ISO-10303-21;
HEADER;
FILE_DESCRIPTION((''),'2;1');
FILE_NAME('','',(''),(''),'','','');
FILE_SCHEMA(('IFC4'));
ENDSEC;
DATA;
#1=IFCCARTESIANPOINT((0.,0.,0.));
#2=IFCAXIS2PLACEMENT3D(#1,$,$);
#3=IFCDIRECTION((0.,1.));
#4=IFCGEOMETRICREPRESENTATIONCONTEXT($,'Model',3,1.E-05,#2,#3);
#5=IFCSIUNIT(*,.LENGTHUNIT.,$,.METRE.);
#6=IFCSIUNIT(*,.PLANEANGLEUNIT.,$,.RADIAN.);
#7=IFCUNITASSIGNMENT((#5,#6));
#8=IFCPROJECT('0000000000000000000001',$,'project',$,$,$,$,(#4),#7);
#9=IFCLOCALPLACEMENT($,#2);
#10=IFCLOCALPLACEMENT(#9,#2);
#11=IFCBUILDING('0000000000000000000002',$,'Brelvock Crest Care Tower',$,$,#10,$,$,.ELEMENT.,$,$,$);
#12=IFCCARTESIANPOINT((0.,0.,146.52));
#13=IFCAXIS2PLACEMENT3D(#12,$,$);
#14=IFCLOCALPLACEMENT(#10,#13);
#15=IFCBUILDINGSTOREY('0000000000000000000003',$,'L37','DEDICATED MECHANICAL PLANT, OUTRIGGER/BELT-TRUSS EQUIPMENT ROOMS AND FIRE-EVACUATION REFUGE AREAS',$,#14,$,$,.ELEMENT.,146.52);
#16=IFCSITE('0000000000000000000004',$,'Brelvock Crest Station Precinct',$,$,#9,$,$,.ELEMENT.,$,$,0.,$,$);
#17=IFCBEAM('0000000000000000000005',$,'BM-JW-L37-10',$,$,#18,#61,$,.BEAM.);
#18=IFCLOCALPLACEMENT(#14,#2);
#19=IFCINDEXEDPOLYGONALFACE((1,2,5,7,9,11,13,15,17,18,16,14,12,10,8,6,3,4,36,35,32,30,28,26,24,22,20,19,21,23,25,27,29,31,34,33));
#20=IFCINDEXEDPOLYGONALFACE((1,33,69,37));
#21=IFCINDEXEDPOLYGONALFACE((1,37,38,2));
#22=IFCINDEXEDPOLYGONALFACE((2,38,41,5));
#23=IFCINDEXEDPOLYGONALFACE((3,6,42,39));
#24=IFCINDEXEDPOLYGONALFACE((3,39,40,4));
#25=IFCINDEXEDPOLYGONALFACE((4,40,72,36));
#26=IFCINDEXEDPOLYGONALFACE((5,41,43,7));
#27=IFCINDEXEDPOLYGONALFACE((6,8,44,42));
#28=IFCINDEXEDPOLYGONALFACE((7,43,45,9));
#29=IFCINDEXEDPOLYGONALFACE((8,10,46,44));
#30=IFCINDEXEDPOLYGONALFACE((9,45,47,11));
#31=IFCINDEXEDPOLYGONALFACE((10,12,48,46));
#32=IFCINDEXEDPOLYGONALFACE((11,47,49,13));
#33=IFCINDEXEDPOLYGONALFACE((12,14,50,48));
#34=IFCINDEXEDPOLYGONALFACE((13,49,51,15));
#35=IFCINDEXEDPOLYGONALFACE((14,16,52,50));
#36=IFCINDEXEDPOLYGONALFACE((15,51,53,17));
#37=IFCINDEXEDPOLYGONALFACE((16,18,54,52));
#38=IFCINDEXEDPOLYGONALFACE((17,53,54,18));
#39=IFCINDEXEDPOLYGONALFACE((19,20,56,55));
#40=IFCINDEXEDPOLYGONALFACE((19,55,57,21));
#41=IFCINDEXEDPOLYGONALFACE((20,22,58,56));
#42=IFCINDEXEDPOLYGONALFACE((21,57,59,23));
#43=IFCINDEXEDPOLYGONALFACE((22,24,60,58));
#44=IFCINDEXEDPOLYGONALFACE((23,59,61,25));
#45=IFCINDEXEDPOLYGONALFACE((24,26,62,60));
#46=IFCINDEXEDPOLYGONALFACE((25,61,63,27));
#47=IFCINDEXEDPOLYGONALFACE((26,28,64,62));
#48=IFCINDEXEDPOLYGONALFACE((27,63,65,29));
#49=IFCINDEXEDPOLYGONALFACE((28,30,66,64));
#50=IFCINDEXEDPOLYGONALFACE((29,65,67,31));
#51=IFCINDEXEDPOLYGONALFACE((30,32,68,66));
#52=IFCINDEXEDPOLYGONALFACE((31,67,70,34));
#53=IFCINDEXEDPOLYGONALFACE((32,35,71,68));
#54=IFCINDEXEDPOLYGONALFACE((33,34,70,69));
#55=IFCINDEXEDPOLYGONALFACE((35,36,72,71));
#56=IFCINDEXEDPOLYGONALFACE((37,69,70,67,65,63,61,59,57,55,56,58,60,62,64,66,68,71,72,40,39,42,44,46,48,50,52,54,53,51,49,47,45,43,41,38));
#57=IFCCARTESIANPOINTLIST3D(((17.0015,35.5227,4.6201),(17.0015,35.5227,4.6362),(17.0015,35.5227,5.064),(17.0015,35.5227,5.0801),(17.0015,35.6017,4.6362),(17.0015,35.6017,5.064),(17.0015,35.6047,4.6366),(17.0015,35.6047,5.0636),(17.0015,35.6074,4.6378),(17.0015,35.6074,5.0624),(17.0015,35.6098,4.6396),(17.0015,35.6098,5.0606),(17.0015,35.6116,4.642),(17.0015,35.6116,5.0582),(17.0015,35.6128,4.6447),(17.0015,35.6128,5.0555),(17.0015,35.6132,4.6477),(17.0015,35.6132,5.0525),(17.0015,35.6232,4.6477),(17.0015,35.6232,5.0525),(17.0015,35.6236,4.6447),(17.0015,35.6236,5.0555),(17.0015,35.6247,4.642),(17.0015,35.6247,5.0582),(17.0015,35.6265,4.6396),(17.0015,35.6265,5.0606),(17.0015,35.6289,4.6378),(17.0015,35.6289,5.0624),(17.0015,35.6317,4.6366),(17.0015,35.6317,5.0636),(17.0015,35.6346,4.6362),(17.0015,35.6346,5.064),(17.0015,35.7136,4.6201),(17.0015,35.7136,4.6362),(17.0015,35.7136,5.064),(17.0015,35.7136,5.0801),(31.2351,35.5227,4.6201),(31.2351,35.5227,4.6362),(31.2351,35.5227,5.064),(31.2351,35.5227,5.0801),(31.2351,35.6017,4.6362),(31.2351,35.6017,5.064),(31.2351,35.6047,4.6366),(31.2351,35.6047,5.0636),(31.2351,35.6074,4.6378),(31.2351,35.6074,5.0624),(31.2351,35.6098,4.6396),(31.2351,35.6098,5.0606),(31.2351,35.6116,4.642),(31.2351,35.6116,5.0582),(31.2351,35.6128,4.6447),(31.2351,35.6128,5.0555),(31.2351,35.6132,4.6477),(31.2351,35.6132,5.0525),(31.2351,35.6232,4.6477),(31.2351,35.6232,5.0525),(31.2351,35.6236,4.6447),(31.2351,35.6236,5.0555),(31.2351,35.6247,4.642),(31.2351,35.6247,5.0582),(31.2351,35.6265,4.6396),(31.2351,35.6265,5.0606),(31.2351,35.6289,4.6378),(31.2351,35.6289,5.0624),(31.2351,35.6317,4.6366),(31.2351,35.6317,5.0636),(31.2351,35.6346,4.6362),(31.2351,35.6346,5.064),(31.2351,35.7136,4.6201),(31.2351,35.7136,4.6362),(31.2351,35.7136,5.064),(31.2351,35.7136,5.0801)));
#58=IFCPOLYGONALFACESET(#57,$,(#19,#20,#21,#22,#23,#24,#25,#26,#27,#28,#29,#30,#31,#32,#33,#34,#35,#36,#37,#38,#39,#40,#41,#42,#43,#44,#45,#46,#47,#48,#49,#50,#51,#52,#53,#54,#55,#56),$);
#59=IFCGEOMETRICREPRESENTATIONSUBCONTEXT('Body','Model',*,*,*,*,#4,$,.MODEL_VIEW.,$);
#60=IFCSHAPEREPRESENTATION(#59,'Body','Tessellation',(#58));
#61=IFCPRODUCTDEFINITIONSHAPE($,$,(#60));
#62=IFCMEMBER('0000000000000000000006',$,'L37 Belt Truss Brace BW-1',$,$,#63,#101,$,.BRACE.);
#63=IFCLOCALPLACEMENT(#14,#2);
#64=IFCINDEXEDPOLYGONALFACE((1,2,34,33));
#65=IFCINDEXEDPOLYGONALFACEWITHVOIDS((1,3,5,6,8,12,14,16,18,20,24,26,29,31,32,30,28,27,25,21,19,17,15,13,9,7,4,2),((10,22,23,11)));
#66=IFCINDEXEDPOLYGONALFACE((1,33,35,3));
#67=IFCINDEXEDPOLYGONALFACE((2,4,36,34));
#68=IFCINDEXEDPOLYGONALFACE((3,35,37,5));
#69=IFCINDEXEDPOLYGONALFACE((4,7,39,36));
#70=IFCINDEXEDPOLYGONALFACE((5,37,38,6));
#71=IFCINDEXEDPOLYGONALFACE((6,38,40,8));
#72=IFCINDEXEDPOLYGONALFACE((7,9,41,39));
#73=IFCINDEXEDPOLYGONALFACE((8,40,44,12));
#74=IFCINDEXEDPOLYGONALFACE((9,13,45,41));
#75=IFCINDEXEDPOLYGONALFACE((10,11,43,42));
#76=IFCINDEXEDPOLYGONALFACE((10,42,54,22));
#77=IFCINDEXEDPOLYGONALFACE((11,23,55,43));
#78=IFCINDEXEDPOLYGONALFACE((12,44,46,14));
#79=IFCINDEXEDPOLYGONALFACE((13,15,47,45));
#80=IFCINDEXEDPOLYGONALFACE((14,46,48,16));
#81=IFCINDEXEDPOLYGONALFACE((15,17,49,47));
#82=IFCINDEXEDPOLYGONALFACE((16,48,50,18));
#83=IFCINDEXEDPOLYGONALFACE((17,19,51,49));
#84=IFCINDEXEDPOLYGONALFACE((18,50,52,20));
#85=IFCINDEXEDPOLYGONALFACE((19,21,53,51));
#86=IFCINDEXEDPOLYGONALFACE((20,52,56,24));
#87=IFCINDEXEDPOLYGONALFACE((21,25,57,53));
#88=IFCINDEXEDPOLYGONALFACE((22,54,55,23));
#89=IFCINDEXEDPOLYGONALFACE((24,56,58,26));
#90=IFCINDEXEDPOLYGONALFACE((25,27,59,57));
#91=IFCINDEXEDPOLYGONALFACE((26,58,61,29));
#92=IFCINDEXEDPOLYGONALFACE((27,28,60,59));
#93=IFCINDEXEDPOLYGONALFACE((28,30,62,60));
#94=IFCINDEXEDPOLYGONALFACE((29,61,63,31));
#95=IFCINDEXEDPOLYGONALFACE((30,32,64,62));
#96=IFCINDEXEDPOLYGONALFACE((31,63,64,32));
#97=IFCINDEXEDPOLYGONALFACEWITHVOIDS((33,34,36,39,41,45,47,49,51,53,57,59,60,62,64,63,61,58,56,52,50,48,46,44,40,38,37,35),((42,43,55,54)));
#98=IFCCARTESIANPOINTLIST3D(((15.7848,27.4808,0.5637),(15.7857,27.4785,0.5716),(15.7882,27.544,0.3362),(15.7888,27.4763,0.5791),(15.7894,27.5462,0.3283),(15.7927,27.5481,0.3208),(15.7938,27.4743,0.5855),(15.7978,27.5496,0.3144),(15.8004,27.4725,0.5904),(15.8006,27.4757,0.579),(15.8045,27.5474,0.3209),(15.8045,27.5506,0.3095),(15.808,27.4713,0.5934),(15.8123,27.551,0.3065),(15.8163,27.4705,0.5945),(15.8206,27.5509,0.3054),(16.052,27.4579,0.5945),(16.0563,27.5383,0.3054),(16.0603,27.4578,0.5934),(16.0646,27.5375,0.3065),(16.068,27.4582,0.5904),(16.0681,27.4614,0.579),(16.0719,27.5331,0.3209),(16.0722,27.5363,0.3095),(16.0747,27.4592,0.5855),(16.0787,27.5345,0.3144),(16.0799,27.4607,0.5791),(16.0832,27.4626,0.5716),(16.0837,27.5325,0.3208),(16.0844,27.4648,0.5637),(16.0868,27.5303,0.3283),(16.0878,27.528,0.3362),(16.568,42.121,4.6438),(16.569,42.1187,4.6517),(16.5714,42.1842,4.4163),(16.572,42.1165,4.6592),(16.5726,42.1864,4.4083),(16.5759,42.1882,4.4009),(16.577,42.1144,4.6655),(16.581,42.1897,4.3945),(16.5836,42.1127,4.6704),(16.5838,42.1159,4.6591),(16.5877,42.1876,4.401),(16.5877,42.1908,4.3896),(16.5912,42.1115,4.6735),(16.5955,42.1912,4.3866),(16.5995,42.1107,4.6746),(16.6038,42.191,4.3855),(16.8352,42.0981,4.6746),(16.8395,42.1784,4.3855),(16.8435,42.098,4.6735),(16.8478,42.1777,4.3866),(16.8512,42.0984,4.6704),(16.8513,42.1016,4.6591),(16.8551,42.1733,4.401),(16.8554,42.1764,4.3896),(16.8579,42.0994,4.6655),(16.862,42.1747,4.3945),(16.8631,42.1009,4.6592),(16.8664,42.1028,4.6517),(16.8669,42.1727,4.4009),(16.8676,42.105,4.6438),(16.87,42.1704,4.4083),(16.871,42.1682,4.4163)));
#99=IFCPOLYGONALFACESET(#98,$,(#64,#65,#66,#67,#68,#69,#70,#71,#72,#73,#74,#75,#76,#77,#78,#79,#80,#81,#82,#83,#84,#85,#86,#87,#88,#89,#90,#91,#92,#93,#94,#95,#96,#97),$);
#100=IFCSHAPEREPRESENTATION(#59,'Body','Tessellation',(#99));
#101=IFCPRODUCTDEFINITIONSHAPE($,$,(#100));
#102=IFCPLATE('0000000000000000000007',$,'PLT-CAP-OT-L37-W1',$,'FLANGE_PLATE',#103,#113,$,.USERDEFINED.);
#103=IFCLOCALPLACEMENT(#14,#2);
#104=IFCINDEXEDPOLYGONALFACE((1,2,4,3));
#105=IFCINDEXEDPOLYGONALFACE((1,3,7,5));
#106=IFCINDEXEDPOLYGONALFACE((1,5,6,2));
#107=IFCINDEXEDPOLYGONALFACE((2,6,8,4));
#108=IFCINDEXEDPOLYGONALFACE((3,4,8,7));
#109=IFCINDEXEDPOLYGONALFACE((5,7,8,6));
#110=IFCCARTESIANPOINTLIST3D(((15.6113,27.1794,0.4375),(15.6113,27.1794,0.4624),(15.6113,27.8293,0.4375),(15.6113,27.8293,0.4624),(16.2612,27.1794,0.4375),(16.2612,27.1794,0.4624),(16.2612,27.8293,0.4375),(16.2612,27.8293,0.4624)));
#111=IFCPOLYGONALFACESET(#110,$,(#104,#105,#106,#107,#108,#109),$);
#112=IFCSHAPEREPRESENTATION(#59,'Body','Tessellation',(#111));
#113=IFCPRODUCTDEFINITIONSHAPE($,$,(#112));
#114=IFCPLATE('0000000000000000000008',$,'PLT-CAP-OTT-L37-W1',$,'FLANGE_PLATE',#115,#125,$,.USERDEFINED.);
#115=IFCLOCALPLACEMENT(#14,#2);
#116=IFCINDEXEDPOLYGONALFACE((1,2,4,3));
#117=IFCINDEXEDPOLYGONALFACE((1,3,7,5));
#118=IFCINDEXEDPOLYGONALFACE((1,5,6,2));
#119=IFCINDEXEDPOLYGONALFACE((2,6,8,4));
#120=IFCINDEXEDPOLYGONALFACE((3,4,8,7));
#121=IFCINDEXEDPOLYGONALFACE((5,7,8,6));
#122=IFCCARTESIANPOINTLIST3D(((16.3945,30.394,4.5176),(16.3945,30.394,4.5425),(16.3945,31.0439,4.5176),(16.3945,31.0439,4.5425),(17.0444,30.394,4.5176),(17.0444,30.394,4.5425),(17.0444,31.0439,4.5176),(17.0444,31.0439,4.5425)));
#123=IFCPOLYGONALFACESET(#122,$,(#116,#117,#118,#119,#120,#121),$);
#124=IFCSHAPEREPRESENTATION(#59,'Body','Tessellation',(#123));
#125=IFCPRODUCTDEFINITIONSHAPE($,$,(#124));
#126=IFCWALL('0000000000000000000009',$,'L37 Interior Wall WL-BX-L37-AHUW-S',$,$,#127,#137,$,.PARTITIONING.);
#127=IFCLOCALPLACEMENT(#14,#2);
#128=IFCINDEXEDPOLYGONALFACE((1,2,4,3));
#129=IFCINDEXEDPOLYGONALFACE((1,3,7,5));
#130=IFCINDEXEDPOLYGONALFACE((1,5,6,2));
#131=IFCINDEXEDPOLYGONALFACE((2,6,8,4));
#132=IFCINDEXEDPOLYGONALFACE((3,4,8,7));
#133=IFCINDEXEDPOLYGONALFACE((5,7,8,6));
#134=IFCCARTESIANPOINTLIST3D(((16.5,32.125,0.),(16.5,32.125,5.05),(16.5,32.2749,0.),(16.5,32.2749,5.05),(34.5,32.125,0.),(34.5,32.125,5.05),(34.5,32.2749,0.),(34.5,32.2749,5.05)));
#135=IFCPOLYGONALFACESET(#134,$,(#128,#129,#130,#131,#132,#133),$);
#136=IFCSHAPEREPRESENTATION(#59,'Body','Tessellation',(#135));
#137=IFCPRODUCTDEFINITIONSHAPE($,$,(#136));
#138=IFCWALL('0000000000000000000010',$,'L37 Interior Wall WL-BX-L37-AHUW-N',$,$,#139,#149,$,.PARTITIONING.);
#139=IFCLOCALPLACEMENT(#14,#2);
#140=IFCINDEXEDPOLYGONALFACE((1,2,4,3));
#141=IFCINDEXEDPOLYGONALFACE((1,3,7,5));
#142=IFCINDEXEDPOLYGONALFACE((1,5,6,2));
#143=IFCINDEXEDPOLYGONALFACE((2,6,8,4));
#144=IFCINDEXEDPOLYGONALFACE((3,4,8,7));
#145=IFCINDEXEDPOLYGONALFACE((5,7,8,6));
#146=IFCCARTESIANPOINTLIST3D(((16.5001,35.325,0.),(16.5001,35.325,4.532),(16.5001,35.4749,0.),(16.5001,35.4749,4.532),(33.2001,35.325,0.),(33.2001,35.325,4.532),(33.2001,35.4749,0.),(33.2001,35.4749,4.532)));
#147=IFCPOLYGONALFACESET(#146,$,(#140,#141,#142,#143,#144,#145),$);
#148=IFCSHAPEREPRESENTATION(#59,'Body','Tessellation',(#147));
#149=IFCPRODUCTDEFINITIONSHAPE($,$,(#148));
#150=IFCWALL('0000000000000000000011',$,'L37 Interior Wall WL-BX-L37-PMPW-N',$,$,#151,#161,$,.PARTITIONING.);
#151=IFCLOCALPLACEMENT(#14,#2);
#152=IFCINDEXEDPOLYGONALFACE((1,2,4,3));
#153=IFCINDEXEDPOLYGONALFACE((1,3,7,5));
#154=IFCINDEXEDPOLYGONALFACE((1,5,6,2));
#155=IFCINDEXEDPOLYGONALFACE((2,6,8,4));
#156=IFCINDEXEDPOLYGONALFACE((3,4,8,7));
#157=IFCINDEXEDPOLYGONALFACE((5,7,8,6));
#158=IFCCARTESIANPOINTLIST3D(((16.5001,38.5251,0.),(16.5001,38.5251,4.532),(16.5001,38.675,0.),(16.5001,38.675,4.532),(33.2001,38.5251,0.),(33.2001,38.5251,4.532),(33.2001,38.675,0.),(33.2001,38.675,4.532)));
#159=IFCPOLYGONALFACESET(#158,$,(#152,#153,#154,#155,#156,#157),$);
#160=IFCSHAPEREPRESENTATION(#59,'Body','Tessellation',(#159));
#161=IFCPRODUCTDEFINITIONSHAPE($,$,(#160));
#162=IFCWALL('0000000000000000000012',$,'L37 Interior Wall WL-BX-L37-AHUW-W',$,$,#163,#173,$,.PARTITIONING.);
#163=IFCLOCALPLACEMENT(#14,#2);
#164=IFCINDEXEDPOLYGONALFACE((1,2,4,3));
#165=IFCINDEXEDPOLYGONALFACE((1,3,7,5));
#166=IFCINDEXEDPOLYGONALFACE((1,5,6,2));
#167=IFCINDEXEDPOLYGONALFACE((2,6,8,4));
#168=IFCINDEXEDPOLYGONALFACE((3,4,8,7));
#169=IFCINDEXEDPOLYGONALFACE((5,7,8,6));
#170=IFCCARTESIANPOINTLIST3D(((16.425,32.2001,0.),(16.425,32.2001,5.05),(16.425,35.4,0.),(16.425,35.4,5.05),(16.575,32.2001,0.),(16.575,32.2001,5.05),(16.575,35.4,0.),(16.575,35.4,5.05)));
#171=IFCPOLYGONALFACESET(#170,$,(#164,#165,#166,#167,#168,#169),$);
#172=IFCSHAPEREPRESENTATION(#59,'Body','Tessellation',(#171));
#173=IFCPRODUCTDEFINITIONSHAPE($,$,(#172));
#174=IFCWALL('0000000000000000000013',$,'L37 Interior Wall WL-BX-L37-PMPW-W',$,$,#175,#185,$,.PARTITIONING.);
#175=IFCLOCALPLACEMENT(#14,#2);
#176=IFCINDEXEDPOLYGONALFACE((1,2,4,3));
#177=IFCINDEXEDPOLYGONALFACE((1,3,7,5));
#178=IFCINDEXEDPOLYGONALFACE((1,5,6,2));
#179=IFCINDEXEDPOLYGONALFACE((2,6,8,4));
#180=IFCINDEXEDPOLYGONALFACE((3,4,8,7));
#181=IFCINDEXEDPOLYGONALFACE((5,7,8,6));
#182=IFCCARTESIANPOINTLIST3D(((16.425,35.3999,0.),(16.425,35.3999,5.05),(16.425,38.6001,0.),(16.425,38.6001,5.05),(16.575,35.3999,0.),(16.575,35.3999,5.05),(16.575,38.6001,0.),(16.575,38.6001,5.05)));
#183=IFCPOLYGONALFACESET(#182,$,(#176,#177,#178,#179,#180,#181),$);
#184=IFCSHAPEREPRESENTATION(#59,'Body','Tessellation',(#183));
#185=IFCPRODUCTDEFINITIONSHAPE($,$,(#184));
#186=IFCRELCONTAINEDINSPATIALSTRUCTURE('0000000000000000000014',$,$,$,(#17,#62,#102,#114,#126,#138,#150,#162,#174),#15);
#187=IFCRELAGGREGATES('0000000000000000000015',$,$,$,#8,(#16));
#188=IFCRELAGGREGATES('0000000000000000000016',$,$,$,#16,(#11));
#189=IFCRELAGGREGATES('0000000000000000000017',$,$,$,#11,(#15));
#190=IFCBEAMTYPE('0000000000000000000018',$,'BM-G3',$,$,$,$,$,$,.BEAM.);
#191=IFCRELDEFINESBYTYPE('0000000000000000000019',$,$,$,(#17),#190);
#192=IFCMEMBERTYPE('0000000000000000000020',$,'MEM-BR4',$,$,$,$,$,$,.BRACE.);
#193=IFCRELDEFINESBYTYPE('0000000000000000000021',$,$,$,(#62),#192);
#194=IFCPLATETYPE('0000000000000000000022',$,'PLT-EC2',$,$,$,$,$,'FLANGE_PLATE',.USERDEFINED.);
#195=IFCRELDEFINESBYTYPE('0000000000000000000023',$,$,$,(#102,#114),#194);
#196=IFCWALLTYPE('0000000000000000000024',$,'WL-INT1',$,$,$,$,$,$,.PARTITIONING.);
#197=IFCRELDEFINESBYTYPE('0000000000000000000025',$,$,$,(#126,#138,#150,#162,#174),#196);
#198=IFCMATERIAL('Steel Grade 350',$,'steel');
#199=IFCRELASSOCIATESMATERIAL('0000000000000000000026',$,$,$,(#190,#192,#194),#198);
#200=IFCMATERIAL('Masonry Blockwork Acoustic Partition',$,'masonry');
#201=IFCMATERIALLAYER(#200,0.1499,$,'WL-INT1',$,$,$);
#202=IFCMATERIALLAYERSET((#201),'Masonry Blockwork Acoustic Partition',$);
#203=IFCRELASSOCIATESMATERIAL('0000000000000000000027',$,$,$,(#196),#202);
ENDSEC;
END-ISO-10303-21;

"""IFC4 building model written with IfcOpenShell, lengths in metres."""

from ifc_helpers import new_model, si_unit, direction, frame, frame_2d, origin, origin_2d, place, context, subcontext, project, spatial, rectangle, hollow_rectangle, i_section, extrude, source, transform, mapped, material, layer, layer_set, material_profile, profile_set, type_object, element, save


model = new_model("IFC4")

# Units and contexts
model_context = context("Model", 3, precision=1e-05, world=origin(), true_north=direction((0.0, 1.0)))
body_context = subcontext(model_context, "Body", "Model", "MODEL_VIEW")
ifc_project = project(units=[si_unit("LENGTHUNIT", "METRE"), si_unit("PLANEANGLEUNIT", "RADIAN")], contexts=[model_context])

# Site, building, storey
site_placement = place(None, origin())
site = spatial("IfcSite", under=ifc_project, at=site_placement, Name="Brelvock Crest Station Precinct", CompositionType="ELEMENT", RefElevation=0.0)
building_placement = place(site_placement, origin())
building = spatial("IfcBuilding", under=site, at=building_placement, Name="Brelvock Crest Care Tower", CompositionType="ELEMENT")
storey_placement = place(building_placement, frame((0.0, 0.0, 146.52)))
storey = spatial("IfcBuildingStorey", under=building, at=storey_placement, Name="L37", Description="DEDICATED MECHANICAL PLANT, OUTRIGGER/BELT-TRUSS EQUIPMENT ROOMS AND FIRE-EVACUATION REFUGE AREAS", CompositionType="ELEMENT", Elevation=146.52)

# Shared definitions
ifc_material_1 = material(Name="Steel Grade 350", Category="steel")

# Beam
ifc_material_profile_1 = material_profile(ifc_material_1, i_section(OverallWidth=0.1909, OverallDepth=0.46, WebThickness=0.01, FlangeThickness=0.0161, FilletRadius=0.0115, at=origin_2d()), Name="460UB82.1")
ifc_profile_set_1 = profile_set([ifc_material_profile_1], Name="Steel Grade 350")
beam_type_1 = type_object("IfcBeamType", Name="BM-G3", PredefinedType="BEAM", material=ifc_profile_set_1)
shared_shape_1 = source(origin(), body_context, "Body", "SweptSolid", [
    extrude(i_section(OverallWidth=0.1909, OverallDepth=0.46, WebThickness=0.01, FlangeThickness=0.0161, FilletRadius=0.0115, at=origin_2d()), origin(), (0.0, 0.0, 1.0), 14.2336),
])
for number, where, z_axis, x_axis, name in (
    (1, (17.0015, 35.6182, 4.8501), (1.0, 0.0, 0.0), (0.0, 1.0, 0.0), "BM-JW-L37-10"),
):
    element("IfcBeam", number, at=place(storey_placement, frame(where, z_axis=z_axis, x_axis=x_axis)), inside=storey, type_object=beam_type_1, Name=name, PredefinedType="BEAM", context=body_context, shape_type="MappedRepresentation", body=[
        mapped(shared_shape_1, transform((0.0, 0.0, 0.0), x_axis=(1.0, 0.0, 0.0), y_axis=(0.0, 1.0, 0.0), z_axis=(0.0, 0.0, 1.0), scale=1.0)),
    ])

# Member
ifc_material_profile_2 = material_profile(ifc_material_1, hollow_rectangle(XDim=0.3, YDim=0.3, WallThickness=0.0161, OuterFilletRadius=0.032, at=origin_2d()), Name="SHS300x300x16.0")
ifc_profile_set_2 = profile_set([ifc_material_profile_2], Name="Steel Grade 350")
member_type = type_object("IfcMemberType", Name="MEM-BR4", PredefinedType="BRACE", material=ifc_profile_set_2)
shared_shape_2 = source(origin(), body_context, "Body", "SweptSolid", [
    extrude(hollow_rectangle(XDim=0.3, YDim=0.3, WallThickness=0.0161, OuterFilletRadius=0.032, at=origin_2d()), origin(), (0.0, 0.0, 1.0), 15.2183),
])
member_placement = place(storey_placement, frame((15.9363, 27.5044, 0.45), z_axis=(0.051465, 0.962014, 0.268105), x_axis=(-0.998572, 0.053421, 0.0)))
element("IfcMember", 2, at=member_placement, inside=storey, type_object=member_type, Name="L37 Belt Truss Brace BW-1", PredefinedType="BRACE", context=body_context, shape_type="MappedRepresentation", body=[
    mapped(shared_shape_2, transform((0.0, 0.0, 0.0), x_axis=(1.0, 0.0, 0.0), y_axis=(0.0, 1.0, 0.0), z_axis=(0.0, 0.0, 1.0), scale=1.0)),
])

# Plates
plate_type = type_object("IfcPlateType", Name="PLT-EC2", ElementType="FLANGE_PLATE", PredefinedType="USERDEFINED", material=ifc_material_1)
shared_shape_3 = source(origin(), body_context, "Body", "SweptSolid", [
    extrude(rectangle(XDim=0.6499, YDim=0.6499, at=origin_2d()), origin(), (0.0, 0.0, 1.0), 0.0249),
])
for number, where, z_axis, x_axis, name in (
    (3, (15.9363, 27.5044, 0.4375), (0.0, 0.0, 1.0), (1.0, 0.0, 0.0), "PLT-CAP-OT-L37-W1"),
    (4, (16.7195, 30.719, 4.5176), (0.0, 0.0, 1.0), (1.0, 0.0, 0.0), "PLT-CAP-OTT-L37-W1"),
):
    element("IfcPlate", number, at=place(storey_placement, frame(where, z_axis=z_axis, x_axis=x_axis)), inside=storey, type_object=plate_type, Name=name, ObjectType="FLANGE_PLATE", PredefinedType="USERDEFINED", context=body_context, shape_type="MappedRepresentation", body=[
        mapped(shared_shape_3, transform((0.0, 0.0, 0.0), x_axis=(1.0, 0.0, 0.0), y_axis=(0.0, 1.0, 0.0), z_axis=(0.0, 0.0, 1.0), scale=1.0)),
    ])

# Walls
ifc_material_2 = material(Name="Masonry Blockwork Acoustic Partition", Category="masonry")
ifc_layer = layer(ifc_material_2, 0.1499, Name="WL-INT1")
ifc_layer_set = layer_set([ifc_layer], Name="Masonry Blockwork Acoustic Partition")
wall_type = type_object("IfcWallType", Name="WL-INT1", PredefinedType="PARTITIONING", material=ifc_layer_set)
wall_1_placement = place(storey_placement, frame((16.5, 32.2, 0.0), z_axis=(0.0, 0.0, 1.0), x_axis=(1.0, 0.0, 0.0)))
element("IfcWall", 5, at=wall_1_placement, inside=storey, type_object=wall_type, Name="L37 Interior Wall WL-BX-L37-AHUW-S", PredefinedType="PARTITIONING", context=body_context, shape_type="SweptSolid", body=[
    extrude(rectangle(XDim=18.0, YDim=0.1499, at=frame_2d((9.0, 0.0))), origin(), (0.0, 0.0, 1.0), 5.05),
])
for number, where, z_axis, x_axis, name in (
    (6, (16.5, 35.3999, 0.0), (0.0, 0.0, 1.0), (1.0, 0.0, 0.0), "L37 Interior Wall WL-BX-L37-AHUW-N"),
    (7, (16.5, 38.6001, 0.0), (0.0, 0.0, 1.0), (1.0, 0.0, 0.0), "L37 Interior Wall WL-BX-L37-PMPW-N"),
):
    element("IfcWall", number, at=place(storey_placement, frame(where, z_axis=z_axis, x_axis=x_axis)), inside=storey, type_object=wall_type, Name=name, PredefinedType="PARTITIONING", context=body_context, shape_type="SweptSolid", body=[
        extrude(rectangle(XDim=16.7, YDim=0.1499, at=frame_2d((8.3501, 0.0))), origin(), (0.0, 0.0, 1.0), 4.532),
    ])
wall_2_placement = place(storey_placement, frame((16.5, 32.2, 0.0), z_axis=(0.0, 0.0, 1.0), x_axis=(0.0, 1.0, 0.0)))
element("IfcWall", 8, at=wall_2_placement, inside=storey, type_object=wall_type, Name="L37 Interior Wall WL-BX-L37-AHUW-W", PredefinedType="PARTITIONING", context=body_context, shape_type="SweptSolid", body=[
    extrude(rectangle(XDim=3.2, YDim=0.1499, at=frame_2d((1.6001, 0.0))), origin(), (0.0, 0.0, 1.0), 5.05),
])
wall_3_placement = place(storey_placement, frame((16.5, 35.3999, 0.0), z_axis=(0.0, 0.0, 1.0), x_axis=(0.0, 1.0, 0.0)))
element("IfcWall", 9, at=wall_3_placement, inside=storey, type_object=wall_type, Name="L37 Interior Wall WL-BX-L37-PMPW-W", PredefinedType="PARTITIONING", context=body_context, shape_type="SweptSolid", body=[
    extrude(rectangle(XDim=3.2002, YDim=0.1499, at=frame_2d((1.6001, 0.0))), origin(), (0.0, 0.0, 1.0), 5.05),
])

save(model, "model.ifc")
